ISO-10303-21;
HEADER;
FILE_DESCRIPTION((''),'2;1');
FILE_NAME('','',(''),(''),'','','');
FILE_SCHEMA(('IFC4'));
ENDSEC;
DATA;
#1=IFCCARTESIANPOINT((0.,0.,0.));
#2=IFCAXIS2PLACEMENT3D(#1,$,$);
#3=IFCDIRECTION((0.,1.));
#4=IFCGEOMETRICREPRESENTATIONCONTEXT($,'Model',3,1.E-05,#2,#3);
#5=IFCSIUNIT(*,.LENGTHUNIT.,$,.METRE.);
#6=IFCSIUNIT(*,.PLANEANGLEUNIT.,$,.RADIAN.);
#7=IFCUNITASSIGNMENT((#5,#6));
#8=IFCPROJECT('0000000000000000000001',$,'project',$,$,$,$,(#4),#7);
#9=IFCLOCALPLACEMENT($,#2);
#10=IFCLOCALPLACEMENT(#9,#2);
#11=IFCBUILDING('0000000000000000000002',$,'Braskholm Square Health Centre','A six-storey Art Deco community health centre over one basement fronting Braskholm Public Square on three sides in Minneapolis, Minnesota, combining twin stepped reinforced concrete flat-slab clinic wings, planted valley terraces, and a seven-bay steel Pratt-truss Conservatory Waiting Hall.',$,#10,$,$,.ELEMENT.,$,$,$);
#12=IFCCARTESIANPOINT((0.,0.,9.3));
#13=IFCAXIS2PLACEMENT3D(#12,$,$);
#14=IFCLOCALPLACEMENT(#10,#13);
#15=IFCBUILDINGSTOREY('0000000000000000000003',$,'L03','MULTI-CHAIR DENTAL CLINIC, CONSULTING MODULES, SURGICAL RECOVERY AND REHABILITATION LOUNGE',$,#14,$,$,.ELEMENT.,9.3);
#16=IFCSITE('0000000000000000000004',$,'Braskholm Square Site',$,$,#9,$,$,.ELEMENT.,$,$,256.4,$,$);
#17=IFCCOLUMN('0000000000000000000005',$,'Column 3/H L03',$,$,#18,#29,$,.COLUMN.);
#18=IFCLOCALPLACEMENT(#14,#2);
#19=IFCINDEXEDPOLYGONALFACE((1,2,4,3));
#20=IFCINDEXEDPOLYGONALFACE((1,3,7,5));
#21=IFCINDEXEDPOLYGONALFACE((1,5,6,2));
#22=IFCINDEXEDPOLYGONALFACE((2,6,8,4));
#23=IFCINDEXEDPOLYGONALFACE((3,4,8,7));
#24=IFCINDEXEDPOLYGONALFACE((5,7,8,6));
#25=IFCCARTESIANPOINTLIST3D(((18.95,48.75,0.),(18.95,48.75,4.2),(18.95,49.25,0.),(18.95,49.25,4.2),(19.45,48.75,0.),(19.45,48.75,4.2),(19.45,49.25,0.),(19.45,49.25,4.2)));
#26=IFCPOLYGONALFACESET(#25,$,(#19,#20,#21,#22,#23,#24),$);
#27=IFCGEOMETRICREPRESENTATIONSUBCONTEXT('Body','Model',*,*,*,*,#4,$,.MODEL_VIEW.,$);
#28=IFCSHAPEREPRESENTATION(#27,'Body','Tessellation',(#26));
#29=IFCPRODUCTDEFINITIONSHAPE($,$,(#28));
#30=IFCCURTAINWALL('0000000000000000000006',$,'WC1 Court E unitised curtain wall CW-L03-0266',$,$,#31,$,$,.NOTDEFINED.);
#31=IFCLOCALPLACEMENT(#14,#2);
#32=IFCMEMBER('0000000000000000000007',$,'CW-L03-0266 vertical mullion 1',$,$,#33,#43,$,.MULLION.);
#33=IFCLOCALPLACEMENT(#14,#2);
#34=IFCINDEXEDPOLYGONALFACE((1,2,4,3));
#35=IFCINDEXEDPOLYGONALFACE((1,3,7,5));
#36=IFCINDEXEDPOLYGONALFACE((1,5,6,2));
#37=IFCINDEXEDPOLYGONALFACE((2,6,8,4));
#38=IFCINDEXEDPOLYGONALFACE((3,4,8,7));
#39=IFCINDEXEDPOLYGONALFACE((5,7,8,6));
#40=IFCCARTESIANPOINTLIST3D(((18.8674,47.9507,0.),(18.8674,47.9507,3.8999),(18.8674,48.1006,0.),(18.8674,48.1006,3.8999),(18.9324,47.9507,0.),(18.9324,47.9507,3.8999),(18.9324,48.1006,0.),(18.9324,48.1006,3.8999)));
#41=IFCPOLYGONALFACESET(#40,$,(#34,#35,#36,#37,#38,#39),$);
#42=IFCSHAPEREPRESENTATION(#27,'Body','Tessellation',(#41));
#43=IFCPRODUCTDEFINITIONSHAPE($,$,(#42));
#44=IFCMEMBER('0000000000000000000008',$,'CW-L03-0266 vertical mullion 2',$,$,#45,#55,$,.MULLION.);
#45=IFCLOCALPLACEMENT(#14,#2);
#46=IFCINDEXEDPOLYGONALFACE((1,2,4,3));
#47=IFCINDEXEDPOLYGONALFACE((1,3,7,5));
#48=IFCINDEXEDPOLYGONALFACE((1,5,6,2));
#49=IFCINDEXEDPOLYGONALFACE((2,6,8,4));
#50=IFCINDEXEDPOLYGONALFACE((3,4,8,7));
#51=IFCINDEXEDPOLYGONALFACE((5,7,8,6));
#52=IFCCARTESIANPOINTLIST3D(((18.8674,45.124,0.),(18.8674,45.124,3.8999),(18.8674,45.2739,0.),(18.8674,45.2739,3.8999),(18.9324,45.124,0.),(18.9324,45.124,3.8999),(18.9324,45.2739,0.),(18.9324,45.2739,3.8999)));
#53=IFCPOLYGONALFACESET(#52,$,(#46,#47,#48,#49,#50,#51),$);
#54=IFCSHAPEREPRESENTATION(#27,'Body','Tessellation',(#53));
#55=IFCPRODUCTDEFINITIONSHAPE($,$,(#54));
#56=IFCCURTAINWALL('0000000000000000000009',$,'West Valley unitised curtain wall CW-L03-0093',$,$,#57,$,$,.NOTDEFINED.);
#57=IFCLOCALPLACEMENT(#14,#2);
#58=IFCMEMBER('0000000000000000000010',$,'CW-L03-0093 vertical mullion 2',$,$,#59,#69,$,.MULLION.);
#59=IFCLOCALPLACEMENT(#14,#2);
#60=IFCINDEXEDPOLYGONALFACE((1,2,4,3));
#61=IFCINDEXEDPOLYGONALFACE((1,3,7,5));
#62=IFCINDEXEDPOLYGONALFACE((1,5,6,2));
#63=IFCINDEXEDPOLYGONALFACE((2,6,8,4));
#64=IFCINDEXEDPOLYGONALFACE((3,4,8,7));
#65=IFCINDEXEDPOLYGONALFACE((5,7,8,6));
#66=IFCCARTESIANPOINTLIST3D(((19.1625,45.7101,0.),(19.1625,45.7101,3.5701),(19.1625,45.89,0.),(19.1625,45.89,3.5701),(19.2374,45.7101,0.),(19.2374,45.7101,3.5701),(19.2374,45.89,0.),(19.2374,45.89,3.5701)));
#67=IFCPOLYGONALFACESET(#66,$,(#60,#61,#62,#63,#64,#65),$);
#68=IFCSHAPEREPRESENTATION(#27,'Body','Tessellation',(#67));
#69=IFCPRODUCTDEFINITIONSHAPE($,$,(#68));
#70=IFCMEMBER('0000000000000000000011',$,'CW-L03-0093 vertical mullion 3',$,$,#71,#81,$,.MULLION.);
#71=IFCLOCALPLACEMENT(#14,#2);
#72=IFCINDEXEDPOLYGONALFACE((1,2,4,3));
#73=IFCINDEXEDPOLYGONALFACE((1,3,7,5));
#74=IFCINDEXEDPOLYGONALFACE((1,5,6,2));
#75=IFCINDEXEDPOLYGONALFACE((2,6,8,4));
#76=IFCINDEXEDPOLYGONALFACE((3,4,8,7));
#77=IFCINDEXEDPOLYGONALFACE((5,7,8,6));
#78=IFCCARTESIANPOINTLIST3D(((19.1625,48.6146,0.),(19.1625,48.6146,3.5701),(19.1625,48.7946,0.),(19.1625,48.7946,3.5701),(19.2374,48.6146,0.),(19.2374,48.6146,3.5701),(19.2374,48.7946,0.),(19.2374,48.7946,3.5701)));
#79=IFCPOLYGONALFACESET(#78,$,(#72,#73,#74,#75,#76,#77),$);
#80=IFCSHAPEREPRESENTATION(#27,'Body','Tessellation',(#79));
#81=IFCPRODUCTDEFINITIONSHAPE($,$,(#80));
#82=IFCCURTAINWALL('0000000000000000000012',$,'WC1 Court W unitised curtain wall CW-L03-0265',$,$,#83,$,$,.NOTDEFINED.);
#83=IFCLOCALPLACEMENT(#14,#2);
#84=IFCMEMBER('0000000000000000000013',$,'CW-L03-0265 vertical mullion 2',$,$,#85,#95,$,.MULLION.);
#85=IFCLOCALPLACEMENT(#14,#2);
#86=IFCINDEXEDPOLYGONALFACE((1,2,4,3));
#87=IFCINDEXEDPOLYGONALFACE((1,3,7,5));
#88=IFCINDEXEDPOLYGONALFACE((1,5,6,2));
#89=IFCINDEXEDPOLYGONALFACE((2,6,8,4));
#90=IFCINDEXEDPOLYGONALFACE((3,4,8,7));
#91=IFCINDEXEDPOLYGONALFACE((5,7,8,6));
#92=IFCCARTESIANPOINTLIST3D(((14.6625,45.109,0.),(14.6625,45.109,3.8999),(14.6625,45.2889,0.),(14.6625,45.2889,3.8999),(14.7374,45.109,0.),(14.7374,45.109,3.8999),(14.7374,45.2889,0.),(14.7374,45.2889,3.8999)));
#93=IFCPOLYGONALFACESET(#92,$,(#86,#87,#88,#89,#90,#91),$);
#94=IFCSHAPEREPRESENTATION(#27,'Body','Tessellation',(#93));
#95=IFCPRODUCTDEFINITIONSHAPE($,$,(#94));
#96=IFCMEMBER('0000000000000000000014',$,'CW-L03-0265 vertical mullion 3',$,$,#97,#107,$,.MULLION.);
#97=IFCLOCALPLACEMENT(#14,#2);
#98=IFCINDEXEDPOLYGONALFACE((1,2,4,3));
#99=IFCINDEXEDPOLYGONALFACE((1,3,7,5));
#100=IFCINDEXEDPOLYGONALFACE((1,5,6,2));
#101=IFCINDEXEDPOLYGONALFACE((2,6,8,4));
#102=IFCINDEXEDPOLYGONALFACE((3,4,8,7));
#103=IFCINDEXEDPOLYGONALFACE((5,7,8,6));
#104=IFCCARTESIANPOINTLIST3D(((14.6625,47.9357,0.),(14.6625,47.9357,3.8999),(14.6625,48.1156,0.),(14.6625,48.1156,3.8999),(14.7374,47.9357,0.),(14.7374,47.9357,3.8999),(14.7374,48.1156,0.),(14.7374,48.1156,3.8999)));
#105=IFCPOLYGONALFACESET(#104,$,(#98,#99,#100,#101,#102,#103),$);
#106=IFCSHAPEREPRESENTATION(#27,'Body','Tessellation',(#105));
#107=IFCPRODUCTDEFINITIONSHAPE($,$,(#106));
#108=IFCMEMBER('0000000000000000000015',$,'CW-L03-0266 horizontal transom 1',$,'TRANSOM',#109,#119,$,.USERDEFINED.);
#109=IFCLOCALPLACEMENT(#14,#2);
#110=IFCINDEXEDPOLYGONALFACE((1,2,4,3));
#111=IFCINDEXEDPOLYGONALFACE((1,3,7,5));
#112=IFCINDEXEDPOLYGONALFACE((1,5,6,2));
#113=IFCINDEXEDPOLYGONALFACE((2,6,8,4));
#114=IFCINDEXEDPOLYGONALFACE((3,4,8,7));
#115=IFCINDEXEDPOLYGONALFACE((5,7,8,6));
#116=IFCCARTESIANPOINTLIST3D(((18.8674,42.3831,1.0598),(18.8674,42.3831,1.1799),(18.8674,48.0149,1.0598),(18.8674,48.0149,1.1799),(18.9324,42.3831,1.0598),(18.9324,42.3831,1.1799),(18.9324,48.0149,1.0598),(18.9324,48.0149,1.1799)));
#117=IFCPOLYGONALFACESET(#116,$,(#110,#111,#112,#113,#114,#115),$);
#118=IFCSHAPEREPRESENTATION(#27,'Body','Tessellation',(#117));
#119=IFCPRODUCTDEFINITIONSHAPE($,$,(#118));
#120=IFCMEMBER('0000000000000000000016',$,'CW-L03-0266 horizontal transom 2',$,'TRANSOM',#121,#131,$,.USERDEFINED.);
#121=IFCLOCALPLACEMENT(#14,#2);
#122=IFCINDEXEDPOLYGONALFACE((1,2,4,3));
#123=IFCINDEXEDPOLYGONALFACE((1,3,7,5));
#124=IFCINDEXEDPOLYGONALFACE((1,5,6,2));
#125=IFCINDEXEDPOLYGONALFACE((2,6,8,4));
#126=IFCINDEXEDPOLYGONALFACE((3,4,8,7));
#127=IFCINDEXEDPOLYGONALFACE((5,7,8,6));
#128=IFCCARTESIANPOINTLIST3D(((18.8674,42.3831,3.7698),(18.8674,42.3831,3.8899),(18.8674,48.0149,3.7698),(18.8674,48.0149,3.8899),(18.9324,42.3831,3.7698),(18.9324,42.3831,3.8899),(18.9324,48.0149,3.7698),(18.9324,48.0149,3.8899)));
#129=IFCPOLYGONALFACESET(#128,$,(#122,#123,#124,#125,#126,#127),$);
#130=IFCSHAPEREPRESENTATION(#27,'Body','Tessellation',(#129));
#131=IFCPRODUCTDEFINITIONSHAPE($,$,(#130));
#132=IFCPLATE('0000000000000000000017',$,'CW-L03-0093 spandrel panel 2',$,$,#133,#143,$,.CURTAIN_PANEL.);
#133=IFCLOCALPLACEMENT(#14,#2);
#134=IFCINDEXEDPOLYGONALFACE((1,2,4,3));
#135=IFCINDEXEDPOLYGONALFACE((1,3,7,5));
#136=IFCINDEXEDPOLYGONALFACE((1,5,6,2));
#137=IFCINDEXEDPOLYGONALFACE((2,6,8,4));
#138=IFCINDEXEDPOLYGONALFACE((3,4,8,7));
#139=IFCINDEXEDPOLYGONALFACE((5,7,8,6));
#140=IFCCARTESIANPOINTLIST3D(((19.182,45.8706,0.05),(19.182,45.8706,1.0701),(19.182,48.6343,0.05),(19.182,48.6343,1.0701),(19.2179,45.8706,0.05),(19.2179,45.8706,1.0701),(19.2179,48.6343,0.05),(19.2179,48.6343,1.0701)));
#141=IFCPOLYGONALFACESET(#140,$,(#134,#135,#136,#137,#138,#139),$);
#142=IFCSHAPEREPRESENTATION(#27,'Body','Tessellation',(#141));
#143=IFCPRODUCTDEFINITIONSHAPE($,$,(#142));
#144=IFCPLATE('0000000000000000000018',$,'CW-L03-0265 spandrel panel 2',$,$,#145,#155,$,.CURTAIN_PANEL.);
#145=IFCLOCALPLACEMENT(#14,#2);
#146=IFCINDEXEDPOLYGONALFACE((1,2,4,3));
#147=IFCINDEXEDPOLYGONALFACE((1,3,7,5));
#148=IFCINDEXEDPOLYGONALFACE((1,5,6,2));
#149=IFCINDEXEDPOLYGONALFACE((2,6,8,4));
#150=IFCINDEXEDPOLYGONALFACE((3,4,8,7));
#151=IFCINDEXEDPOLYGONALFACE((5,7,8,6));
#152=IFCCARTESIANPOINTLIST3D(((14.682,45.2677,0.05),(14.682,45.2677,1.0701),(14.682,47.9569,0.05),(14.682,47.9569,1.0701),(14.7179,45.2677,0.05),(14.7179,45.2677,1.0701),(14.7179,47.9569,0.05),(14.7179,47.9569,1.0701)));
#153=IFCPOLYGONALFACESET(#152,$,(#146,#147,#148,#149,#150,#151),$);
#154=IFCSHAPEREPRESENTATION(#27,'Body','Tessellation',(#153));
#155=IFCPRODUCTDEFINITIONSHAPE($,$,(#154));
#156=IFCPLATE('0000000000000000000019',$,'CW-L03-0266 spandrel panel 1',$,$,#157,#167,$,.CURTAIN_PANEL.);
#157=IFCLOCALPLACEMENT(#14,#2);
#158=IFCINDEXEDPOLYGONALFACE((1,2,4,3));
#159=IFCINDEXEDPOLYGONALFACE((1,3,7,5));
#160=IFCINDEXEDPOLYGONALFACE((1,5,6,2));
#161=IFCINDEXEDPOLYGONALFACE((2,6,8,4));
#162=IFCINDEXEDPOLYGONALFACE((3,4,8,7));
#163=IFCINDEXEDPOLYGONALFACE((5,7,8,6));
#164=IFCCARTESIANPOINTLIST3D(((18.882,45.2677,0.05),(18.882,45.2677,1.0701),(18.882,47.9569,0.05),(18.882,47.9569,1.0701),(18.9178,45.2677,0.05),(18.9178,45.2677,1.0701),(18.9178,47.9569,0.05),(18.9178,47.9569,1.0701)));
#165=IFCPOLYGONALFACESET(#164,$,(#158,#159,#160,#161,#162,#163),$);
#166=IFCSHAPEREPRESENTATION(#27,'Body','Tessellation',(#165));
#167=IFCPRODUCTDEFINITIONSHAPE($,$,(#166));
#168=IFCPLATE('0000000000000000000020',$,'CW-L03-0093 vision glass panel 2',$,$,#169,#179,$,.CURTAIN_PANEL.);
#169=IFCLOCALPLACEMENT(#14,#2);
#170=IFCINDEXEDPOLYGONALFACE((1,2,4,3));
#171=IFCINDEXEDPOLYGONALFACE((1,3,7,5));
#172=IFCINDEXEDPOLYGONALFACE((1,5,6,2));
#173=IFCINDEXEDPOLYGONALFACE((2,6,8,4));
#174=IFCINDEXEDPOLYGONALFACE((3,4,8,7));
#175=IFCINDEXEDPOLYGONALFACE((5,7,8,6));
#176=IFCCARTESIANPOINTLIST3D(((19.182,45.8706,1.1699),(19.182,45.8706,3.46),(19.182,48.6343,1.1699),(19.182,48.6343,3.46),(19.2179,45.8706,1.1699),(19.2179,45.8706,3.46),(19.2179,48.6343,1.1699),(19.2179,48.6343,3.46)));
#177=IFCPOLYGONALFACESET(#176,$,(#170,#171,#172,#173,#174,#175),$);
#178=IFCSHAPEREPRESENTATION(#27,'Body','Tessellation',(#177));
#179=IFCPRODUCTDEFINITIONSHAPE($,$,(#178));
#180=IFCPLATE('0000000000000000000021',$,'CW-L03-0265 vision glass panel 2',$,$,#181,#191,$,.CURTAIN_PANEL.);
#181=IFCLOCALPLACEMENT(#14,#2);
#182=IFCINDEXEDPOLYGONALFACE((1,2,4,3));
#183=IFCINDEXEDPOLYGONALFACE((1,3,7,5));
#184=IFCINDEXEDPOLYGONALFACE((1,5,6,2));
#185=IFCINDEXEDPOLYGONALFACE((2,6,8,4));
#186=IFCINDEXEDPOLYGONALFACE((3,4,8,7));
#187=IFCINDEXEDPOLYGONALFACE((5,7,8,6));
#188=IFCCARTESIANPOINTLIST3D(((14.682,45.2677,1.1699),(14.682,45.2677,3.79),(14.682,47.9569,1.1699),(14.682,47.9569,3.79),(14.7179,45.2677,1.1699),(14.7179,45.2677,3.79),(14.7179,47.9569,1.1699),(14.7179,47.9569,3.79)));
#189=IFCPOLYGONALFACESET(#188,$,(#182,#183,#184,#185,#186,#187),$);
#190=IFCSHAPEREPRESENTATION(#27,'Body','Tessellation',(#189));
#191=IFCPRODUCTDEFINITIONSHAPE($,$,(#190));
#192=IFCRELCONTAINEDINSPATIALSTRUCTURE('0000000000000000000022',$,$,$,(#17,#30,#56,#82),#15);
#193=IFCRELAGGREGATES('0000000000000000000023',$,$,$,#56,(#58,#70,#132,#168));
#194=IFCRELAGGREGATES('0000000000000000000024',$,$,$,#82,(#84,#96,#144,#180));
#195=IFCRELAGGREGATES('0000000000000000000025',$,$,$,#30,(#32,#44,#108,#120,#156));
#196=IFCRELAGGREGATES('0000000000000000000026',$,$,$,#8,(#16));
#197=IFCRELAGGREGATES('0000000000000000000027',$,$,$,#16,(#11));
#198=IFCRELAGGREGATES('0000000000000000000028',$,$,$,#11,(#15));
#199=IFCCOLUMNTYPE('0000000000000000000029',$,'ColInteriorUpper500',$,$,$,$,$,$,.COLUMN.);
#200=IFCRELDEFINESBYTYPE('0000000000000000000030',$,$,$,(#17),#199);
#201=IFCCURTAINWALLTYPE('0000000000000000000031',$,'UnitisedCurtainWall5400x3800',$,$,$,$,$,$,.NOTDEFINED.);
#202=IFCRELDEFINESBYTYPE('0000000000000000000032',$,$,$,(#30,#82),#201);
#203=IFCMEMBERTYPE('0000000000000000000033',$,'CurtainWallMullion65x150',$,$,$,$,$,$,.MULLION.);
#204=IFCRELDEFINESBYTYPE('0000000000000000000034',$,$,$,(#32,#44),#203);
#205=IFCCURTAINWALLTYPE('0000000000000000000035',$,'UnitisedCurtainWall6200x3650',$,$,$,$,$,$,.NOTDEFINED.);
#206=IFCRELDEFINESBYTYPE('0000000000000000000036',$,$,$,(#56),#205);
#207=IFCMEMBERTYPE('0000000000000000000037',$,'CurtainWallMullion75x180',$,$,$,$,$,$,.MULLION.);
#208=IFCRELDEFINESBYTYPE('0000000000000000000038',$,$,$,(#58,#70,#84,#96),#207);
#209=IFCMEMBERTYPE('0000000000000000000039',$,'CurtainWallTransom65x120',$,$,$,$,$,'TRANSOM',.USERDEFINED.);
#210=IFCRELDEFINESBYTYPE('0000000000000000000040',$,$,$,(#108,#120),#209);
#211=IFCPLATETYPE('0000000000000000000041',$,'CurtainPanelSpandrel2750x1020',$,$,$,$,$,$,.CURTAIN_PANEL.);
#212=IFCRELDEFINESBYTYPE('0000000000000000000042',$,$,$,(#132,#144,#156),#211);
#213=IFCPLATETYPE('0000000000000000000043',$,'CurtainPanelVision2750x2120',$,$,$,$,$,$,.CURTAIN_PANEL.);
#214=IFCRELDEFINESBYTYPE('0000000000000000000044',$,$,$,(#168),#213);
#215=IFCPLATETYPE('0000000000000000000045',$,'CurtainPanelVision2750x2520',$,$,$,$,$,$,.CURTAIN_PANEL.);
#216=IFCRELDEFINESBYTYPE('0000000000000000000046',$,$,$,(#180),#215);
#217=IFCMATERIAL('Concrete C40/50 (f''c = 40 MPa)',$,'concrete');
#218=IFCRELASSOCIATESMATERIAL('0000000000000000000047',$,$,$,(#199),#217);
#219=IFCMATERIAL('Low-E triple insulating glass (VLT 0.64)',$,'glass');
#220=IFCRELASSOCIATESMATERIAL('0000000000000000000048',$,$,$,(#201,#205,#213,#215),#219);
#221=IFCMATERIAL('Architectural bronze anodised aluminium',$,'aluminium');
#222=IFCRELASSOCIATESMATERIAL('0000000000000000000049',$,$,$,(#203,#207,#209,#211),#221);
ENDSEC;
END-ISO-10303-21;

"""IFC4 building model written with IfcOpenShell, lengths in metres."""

from ifc_helpers import new_model, si_unit, direction, frame, origin, origin_2d, place, context, subcontext, project, spatial, rectangle, extrude, material, material_profile, profile_set, type_object, element, aggregate, save


model = new_model("IFC4")

# Units and contexts
model_context = context("Model", 3, precision=1e-05, world=origin(), true_north=direction((0.0, 1.0)))
body_context = subcontext(model_context, "Body", "Model", "MODEL_VIEW")
ifc_project = project(units=[si_unit("LENGTHUNIT", "METRE"), si_unit("PLANEANGLEUNIT", "RADIAN")], contexts=[model_context])

# Site, building, storey
site_placement = place(None, origin())
site = spatial("IfcSite", under=ifc_project, at=site_placement, Name="Braskholm Square Site", CompositionType="ELEMENT", RefElevation=256.4)
building_placement = place(site_placement, origin())
building = spatial("IfcBuilding", under=site, at=building_placement, Name="Braskholm Square Health Centre", Description="A six-storey Art Deco community health centre over one basement fronting Braskholm Public Square on three sides in Minneapolis, Minnesota, combining twin stepped reinforced concrete flat-slab clinic wings, planted valley terraces, and a seven-bay steel Pratt-truss Conservatory Waiting Hall.", CompositionType="ELEMENT")
storey_placement = place(building_placement, frame((0.0, 0.0, 9.3)))
storey = spatial("IfcBuildingStorey", under=building, at=storey_placement, Name="L03", Description="MULTI-CHAIR DENTAL CLINIC, CONSULTING MODULES, SURGICAL RECOVERY AND REHABILITATION LOUNGE", CompositionType="ELEMENT", Elevation=9.3)

# Column
ifc_material_1 = material(Name="Concrete C40/50 (f'c = 40 MPa)", Category="concrete")
ifc_material_profile_1 = material_profile(ifc_material_1, rectangle(XDim=0.5, YDim=0.5, at=origin_2d()), Name="RC-500X500")
ifc_profile_set_1 = profile_set([ifc_material_profile_1], Name="Concrete C40/50 (f'c = 40 MPa)")
column_type = type_object("IfcColumnType", Name="ColInteriorUpper500", PredefinedType="COLUMN", material=ifc_profile_set_1)
column_placement = place(storey_placement, frame((19.2, 49.0, 0.0), z_axis=(0.0, 0.0, 1.0), x_axis=(1.0, 0.0, 0.0)))
element("IfcColumn", 1, at=column_placement, inside=storey, type_object=column_type, Name="Column 3/H L03", PredefinedType="COLUMN", context=body_context, shape_type="SweptSolid", body=[
    extrude(rectangle(XDim=0.5, YDim=0.5, at=origin_2d()), origin(), (0.0, 0.0, 1.0), 4.2),
])

# Curtain walls, members
ifc_material_2 = material(Name="Low-E triple insulating glass (VLT 0.64)", Category="glass")
curtain_wall_type_1 = type_object("IfcCurtainWallType", Name="UnitisedCurtainWall5400x3800", PredefinedType="NOTDEFINED", material=ifc_material_2)
curtain_wall_1_placement = place(storey_placement, origin())
curtain_wall_1 = element("IfcCurtainWall", 2, at=curtain_wall_1_placement, inside=storey, type_object=curtain_wall_type_1, Name="WC1 Court E unitised curtain wall CW-L03-0266", PredefinedType="NOTDEFINED")
ifc_material_3 = material(Name="Architectural bronze anodised aluminium", Category="aluminium")
ifc_material_profile_2 = material_profile(ifc_material_3, rectangle(XDim=0.0649, YDim=0.1499, at=origin_2d()), Name="ALU-65X150")
ifc_profile_set_2 = profile_set([ifc_material_profile_2], Name="Architectural bronze anodised aluminium")
member_type_1 = type_object("IfcMemberType", Name="CurtainWallMullion65x150", PredefinedType="MULLION", material=ifc_profile_set_2)
member_1_placement = place(storey_placement, frame((18.8999, 48.0256, 0.0), z_axis=(0.0, 0.0, 1.0), x_axis=(1.0, 0.0, 0.0)))
member_1 = element("IfcMember", 3, at=member_1_placement, type_object=member_type_1, Name="CW-L03-0266 vertical mullion 1", PredefinedType="MULLION", context=body_context, shape_type="SweptSolid", body=[
    extrude(rectangle(XDim=0.0649, YDim=0.1499, at=origin_2d()), origin(), (0.0, 0.0, 1.0), 3.8999),
])
member_2_placement = place(storey_placement, frame((18.8999, 45.199, 0.0), z_axis=(0.0, 0.0, 1.0), x_axis=(1.0, 0.0, 0.0)))
member_2 = element("IfcMember", 4, at=member_2_placement, type_object=member_type_1, Name="CW-L03-0266 vertical mullion 2", PredefinedType="MULLION", context=body_context, shape_type="SweptSolid", body=[
    extrude(rectangle(XDim=0.0649, YDim=0.1499, at=origin_2d()), origin(), (0.0, 0.0, 1.0), 3.8999),
])
curtain_wall_type_2 = type_object("IfcCurtainWallType", Name="UnitisedCurtainWall6200x3650", PredefinedType="NOTDEFINED", material=ifc_material_2)
curtain_wall_2_placement = place(storey_placement, origin())
curtain_wall_2 = element("IfcCurtainWall", 5, at=curtain_wall_2_placement, inside=storey, type_object=curtain_wall_type_2, Name="West Valley unitised curtain wall CW-L03-0093", PredefinedType="NOTDEFINED")
ifc_material_profile_3 = material_profile(ifc_material_3, rectangle(XDim=0.075, YDim=0.1799, at=origin_2d()), Name="ALU-75X180")
ifc_profile_set_3 = profile_set([ifc_material_profile_3], Name="Architectural bronze anodised aluminium")
member_type_2 = type_object("IfcMemberType", Name="CurtainWallMullion75x180", PredefinedType="MULLION", material=ifc_profile_set_3)
member_3_placement = place(storey_placement, frame((19.2, 45.8, 0.0), z_axis=(0.0, 0.0, 1.0), x_axis=(1.0, 0.0, 0.0)))
member_3 = element("IfcMember", 6, at=member_3_placement, type_object=member_type_2, Name="CW-L03-0093 vertical mullion 2", PredefinedType="MULLION", context=body_context, shape_type="SweptSolid", body=[
    extrude(rectangle(XDim=0.075, YDim=0.1799, at=origin_2d()), origin(), (0.0, 0.0, 1.0), 3.5701),
])
member_4_placement = place(storey_placement, frame((19.2, 48.7046, 0.0), z_axis=(0.0, 0.0, 1.0), x_axis=(1.0, 0.0, 0.0)))
member_4 = element("IfcMember", 7, at=member_4_placement, type_object=member_type_2, Name="CW-L03-0093 vertical mullion 3", PredefinedType="MULLION", context=body_context, shape_type="SweptSolid", body=[
    extrude(rectangle(XDim=0.075, YDim=0.1799, at=origin_2d()), origin(), (0.0, 0.0, 1.0), 3.5701),
])
curtain_wall_3_placement = place(storey_placement, origin())
curtain_wall_3 = element("IfcCurtainWall", 8, at=curtain_wall_3_placement, inside=storey, type_object=curtain_wall_type_1, Name="WC1 Court W unitised curtain wall CW-L03-0265", PredefinedType="NOTDEFINED")
member_5_placement = place(storey_placement, frame((14.7, 45.199, 0.0), z_axis=(0.0, 0.0, 1.0), x_axis=(1.0, 0.0, 0.0)))
member_5 = element("IfcMember", 9, at=member_5_placement, type_object=member_type_2, Name="CW-L03-0265 vertical mullion 2", PredefinedType="MULLION", context=body_context, shape_type="SweptSolid", body=[
    extrude(rectangle(XDim=0.075, YDim=0.1799, at=origin_2d()), origin(), (0.0, 0.0, 1.0), 3.8999),
])
member_6_placement = place(storey_placement, frame((14.7, 48.0256, 0.0), z_axis=(0.0, 0.0, 1.0), x_axis=(1.0, 0.0, 0.0)))
member_6 = element("IfcMember", 10, at=member_6_placement, type_object=member_type_2, Name="CW-L03-0265 vertical mullion 3", PredefinedType="MULLION", context=body_context, shape_type="SweptSolid", body=[
    extrude(rectangle(XDim=0.075, YDim=0.1799, at=origin_2d()), origin(), (0.0, 0.0, 1.0), 3.8999),
])

# Members
ifc_material_profile_4 = material_profile(ifc_material_3, rectangle(XDim=0.0649, YDim=0.1201, at=origin_2d()), Name="ALU-65X120")
ifc_profile_set_4 = profile_set([ifc_material_profile_4], Name="Architectural bronze anodised aluminium")
member_type_3 = type_object("IfcMemberType", Name="CurtainWallTransom65x120", ElementType="TRANSOM", PredefinedType="USERDEFINED", material=ifc_profile_set_4)
member_7_placement = place(storey_placement, frame((18.8999, 48.0149, 1.1199), z_axis=(0.0, -1.0, 0.0), x_axis=(1.0, 0.0, 0.0)))
member_7 = element("IfcMember", 11, at=member_7_placement, type_object=member_type_3, Name="CW-L03-0266 horizontal transom 1", ObjectType="TRANSOM", PredefinedType="USERDEFINED", context=body_context, shape_type="SweptSolid", body=[
    extrude(rectangle(XDim=0.0649, YDim=0.1201, at=origin_2d()), origin(), (0.0, 0.0, 1.0), 5.6318),
])
member_8_placement = place(storey_placement, frame((18.8999, 48.0149, 3.8298), z_axis=(0.0, -1.0, 0.0), x_axis=(1.0, 0.0, 0.0)))
member_8 = element("IfcMember", 12, at=member_8_placement, type_object=member_type_3, Name="CW-L03-0266 horizontal transom 2", ObjectType="TRANSOM", PredefinedType="USERDEFINED", context=body_context, shape_type="SweptSolid", body=[
    extrude(rectangle(XDim=0.0649, YDim=0.1201, at=origin_2d()), origin(), (0.0, 0.0, 1.0), 5.6318),
])

# Plates
plate_type_1 = type_object("IfcPlateType", Name="CurtainPanelSpandrel2750x1020", PredefinedType="CURTAIN_PANEL", material=ifc_material_3)
plate_1_placement = place(storey_placement, frame((19.2, 47.2524, 0.05), z_axis=(0.0, 0.0, 1.0), x_axis=(0.0, 1.0, 0.0)))
plate_1 = element("IfcPlate", 13, at=plate_1_placement, type_object=plate_type_1, Name="CW-L03-0093 spandrel panel 2", PredefinedType="CURTAIN_PANEL", context=body_context, shape_type="SweptSolid", body=[
    extrude(rectangle(XDim=2.7637, YDim=0.0359, at=origin_2d()), origin(), (0.0, 0.0, 1.0), 1.02),
])
plate_2_placement = place(storey_placement, frame((14.7, 46.6123, 0.05), z_axis=(0.0, 0.0, 1.0), x_axis=(0.0, 1.0, 0.0)))
plate_2 = element("IfcPlate", 14, at=plate_2_placement, type_object=plate_type_1, Name="CW-L03-0265 spandrel panel 2", PredefinedType="CURTAIN_PANEL", context=body_context, shape_type="SweptSolid", body=[
    extrude(rectangle(XDim=2.6892, YDim=0.0359, at=origin_2d()), origin(), (0.0, 0.0, 1.0), 1.02),
])
plate_3_placement = place(storey_placement, frame((18.8999, 46.6123, 0.05), z_axis=(0.0, 0.0, 1.0), x_axis=(0.0, -1.0, 0.0)))
plate_3 = element("IfcPlate", 15, at=plate_3_placement, type_object=plate_type_1, Name="CW-L03-0266 spandrel panel 1", PredefinedType="CURTAIN_PANEL", context=body_context, shape_type="SweptSolid", body=[
    extrude(rectangle(XDim=2.6892, YDim=0.0359, at=origin_2d()), origin(), (0.0, 0.0, 1.0), 1.02),
])
plate_type_2 = type_object("IfcPlateType", Name="CurtainPanelVision2750x2120", PredefinedType="CURTAIN_PANEL", material=ifc_material_2)
plate_4_placement = place(storey_placement, frame((19.2, 47.2524, 1.1699), z_axis=(0.0, 0.0, 1.0), x_axis=(0.0, 1.0, 0.0)))
plate_4 = element("IfcPlate", 16, at=plate_4_placement, type_object=plate_type_2, Name="CW-L03-0093 vision glass panel 2", PredefinedType="CURTAIN_PANEL", context=body_context, shape_type="SweptSolid", body=[
    extrude(rectangle(XDim=2.7637, YDim=0.0359, at=origin_2d()), origin(), (0.0, 0.0, 1.0), 2.29),
])
aggregate(curtain_wall_2, [member_3, member_4, plate_1, plate_4])
plate_type_3 = type_object("IfcPlateType", Name="CurtainPanelVision2750x2520", PredefinedType="CURTAIN_PANEL", material=ifc_material_2)
plate_5_placement = place(storey_placement, frame((14.7, 46.6123, 1.1699), z_axis=(0.0, 0.0, 1.0), x_axis=(0.0, 1.0, 0.0)))
plate_5 = element("IfcPlate", 17, at=plate_5_placement, type_object=plate_type_3, Name="CW-L03-0265 vision glass panel 2", PredefinedType="CURTAIN_PANEL", context=body_context, shape_type="SweptSolid", body=[
    extrude(rectangle(XDim=2.6892, YDim=0.0359, at=origin_2d()), origin(), (0.0, 0.0, 1.0), 2.6201),
])
aggregate(curtain_wall_3, [member_5, member_6, plate_2, plate_5])
aggregate(curtain_wall_1, [member_1, member_2, member_7, member_8, plate_3])

save(model, "model.ifc")
